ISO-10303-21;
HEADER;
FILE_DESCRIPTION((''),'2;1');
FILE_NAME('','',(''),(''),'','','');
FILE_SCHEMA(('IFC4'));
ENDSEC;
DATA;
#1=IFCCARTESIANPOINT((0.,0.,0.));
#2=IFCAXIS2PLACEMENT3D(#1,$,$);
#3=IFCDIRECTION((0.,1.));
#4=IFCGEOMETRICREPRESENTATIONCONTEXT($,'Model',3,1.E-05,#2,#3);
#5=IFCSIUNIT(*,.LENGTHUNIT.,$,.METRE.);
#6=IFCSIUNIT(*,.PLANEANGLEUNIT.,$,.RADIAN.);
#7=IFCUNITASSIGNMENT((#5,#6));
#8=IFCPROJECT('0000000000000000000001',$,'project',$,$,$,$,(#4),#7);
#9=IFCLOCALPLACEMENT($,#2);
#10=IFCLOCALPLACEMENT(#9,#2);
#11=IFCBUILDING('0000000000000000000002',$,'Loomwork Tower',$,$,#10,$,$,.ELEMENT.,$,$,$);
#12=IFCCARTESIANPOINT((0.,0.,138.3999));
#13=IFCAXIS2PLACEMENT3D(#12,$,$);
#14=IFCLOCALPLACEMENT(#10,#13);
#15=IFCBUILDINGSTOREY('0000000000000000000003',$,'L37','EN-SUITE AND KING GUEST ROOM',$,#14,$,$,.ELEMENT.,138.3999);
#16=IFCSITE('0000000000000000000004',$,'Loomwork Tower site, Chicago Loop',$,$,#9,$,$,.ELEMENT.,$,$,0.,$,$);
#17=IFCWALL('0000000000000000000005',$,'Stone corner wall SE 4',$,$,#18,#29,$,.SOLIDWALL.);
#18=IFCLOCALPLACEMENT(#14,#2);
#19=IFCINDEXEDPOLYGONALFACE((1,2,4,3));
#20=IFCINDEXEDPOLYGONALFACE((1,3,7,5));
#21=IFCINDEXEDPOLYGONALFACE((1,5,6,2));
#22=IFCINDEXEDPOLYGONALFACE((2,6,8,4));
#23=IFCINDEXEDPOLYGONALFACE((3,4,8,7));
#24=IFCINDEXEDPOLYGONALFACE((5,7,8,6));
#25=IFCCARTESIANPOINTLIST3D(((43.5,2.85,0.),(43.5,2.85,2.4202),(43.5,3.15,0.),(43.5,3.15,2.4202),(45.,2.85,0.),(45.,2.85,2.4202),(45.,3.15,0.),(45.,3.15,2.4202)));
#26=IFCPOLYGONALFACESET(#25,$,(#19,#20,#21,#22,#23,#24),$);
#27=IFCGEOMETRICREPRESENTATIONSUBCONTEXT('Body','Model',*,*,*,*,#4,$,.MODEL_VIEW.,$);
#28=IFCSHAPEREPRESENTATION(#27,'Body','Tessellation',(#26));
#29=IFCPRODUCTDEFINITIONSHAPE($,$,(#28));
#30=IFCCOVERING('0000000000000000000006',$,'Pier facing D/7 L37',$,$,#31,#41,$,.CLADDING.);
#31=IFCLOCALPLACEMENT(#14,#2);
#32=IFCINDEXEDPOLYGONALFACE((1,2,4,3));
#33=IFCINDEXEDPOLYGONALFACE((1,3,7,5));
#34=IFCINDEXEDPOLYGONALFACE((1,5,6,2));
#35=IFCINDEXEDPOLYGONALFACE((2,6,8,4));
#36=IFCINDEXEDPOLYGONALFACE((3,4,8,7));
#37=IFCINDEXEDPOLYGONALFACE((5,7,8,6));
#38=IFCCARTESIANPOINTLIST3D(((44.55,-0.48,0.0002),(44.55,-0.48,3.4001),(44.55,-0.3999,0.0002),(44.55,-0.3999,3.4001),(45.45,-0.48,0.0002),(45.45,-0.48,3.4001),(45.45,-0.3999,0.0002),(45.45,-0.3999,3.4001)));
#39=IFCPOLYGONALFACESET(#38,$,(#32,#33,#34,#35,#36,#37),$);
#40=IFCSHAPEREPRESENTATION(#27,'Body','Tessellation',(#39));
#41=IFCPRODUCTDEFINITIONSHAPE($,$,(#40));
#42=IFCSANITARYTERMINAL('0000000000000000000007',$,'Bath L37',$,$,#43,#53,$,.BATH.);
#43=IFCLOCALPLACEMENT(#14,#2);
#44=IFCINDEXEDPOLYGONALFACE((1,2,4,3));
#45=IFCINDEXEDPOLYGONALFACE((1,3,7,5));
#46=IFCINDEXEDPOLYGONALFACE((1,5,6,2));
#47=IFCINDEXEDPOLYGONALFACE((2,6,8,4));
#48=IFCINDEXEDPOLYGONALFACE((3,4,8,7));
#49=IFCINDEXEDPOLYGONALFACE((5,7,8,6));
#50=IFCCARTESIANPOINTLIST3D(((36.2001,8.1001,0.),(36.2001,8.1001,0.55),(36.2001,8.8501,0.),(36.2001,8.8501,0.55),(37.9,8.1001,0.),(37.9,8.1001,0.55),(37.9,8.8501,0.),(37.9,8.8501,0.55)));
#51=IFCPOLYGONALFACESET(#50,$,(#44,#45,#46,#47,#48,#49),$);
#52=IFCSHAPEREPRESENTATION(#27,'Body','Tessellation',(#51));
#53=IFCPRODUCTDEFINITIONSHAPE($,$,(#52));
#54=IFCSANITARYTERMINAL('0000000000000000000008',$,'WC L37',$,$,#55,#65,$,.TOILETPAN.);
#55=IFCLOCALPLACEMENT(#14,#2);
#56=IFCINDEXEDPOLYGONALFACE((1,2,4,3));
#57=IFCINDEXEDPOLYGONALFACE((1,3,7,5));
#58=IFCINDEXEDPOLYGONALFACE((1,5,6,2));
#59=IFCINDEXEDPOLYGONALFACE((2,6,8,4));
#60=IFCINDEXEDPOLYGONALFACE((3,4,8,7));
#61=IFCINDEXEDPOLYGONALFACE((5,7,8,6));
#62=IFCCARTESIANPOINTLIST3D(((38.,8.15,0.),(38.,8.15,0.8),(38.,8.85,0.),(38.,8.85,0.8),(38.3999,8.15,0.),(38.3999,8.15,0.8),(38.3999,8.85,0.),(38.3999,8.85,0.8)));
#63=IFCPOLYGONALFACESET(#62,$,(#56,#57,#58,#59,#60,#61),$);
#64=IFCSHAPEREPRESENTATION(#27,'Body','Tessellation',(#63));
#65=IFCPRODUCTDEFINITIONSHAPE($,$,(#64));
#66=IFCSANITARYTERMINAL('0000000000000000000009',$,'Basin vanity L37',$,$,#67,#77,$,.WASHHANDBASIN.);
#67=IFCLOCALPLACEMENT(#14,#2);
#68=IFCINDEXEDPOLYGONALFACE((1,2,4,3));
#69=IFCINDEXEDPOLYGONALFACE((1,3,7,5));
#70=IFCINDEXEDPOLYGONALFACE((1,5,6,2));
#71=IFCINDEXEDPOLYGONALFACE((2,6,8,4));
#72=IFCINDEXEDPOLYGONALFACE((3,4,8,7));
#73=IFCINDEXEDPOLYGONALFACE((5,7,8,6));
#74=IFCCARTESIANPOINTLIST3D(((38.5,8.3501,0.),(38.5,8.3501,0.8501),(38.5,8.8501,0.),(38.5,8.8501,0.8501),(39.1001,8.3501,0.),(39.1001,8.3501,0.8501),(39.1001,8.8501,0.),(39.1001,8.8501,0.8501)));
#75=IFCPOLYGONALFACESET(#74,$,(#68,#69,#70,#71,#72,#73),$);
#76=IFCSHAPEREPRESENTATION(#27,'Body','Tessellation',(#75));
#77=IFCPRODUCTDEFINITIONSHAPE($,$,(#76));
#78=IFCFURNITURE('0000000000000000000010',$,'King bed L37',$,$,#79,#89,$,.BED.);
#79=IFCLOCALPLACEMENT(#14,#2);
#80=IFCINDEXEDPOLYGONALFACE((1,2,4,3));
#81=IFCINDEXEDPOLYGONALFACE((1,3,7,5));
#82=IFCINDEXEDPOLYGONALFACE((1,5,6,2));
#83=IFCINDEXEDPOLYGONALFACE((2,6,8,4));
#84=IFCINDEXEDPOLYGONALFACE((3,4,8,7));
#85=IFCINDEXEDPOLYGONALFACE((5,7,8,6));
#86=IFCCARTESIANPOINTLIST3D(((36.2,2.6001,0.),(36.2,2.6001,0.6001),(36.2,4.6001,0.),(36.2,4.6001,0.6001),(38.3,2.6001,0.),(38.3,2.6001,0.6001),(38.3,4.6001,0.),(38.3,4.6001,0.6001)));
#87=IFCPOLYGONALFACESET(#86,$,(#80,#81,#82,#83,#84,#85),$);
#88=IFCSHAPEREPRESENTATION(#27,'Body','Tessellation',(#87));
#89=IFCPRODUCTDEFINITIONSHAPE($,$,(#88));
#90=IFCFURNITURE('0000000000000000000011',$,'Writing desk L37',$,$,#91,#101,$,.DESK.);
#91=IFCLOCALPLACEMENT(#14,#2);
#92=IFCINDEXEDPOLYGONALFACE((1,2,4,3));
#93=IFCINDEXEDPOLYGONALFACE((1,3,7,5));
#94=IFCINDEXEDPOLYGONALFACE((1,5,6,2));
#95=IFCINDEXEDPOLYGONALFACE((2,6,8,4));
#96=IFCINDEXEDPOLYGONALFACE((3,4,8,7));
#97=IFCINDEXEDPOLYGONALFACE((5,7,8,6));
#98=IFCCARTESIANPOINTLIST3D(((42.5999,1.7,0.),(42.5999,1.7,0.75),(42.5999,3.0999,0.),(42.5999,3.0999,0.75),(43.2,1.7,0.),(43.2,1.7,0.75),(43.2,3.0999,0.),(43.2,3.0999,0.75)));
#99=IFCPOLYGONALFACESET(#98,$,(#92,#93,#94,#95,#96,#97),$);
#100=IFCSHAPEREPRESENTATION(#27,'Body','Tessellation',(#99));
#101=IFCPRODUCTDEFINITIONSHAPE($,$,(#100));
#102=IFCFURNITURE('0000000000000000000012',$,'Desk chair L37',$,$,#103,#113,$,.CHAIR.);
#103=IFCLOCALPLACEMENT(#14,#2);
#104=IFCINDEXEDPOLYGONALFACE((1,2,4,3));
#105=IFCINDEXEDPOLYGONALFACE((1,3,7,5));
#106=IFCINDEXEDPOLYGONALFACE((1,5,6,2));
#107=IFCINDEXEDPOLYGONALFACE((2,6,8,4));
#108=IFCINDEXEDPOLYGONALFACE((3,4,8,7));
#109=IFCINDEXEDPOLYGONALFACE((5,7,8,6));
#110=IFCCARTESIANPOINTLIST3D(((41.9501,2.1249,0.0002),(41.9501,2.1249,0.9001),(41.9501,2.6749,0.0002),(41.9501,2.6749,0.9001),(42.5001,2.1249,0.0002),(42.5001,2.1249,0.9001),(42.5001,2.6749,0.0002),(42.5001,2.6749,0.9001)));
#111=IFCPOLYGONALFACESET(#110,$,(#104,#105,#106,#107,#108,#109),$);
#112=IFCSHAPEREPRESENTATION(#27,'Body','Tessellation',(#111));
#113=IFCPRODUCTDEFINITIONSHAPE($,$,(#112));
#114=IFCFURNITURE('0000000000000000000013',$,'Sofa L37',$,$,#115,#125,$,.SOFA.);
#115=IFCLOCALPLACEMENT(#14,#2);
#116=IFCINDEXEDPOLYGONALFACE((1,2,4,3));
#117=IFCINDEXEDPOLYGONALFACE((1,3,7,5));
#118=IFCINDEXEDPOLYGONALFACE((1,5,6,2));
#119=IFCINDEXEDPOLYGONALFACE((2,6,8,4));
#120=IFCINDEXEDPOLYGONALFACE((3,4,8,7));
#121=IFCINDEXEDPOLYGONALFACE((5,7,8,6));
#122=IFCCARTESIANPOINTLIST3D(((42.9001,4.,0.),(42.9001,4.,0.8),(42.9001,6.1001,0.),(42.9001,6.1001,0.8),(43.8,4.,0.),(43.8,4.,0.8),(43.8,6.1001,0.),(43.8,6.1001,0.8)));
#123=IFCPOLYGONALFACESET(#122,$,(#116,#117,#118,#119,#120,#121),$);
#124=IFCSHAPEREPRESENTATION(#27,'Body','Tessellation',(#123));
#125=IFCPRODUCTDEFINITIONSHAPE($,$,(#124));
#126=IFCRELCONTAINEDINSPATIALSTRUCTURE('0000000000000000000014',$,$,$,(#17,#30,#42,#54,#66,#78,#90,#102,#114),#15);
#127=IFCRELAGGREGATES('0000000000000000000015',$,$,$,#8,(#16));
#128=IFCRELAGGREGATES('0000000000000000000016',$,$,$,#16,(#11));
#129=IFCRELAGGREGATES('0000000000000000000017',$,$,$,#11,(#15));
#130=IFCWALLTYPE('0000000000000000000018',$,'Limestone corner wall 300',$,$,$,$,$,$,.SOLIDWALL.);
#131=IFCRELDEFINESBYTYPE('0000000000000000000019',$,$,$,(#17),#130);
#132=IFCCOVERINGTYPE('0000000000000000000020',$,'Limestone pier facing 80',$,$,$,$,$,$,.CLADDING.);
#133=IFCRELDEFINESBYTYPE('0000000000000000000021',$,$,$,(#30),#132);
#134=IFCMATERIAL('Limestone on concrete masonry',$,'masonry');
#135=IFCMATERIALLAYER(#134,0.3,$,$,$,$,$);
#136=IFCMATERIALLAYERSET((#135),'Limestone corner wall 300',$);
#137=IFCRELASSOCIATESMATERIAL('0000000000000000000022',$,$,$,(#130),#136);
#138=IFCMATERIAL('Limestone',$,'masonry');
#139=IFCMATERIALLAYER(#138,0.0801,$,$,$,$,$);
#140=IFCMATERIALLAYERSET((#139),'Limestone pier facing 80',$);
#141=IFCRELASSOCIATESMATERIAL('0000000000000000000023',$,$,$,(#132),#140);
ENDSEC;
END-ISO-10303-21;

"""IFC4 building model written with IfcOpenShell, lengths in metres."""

from ifc_helpers import new_model, si_unit, direction, frame, frame_2d, origin, origin_2d, place, context, subcontext, project, spatial, rectangle, extrude, material, layer, layer_set, type_object, element, save


model = new_model("IFC4")

# Units and contexts
model_context = context("Model", 3, precision=1e-05, world=origin(), true_north=direction((0.0, 1.0)))
body_context = subcontext(model_context, "Body", "Model", "MODEL_VIEW")
ifc_project = project(units=[si_unit("LENGTHUNIT", "METRE"), si_unit("PLANEANGLEUNIT", "RADIAN")], contexts=[model_context])

# Site, building, storey
site_placement = place(None, origin())
site = spatial("IfcSite", under=ifc_project, at=site_placement, Name="Loomwork Tower site, Chicago Loop", CompositionType="ELEMENT", RefElevation=0.0)
building_placement = place(site_placement, origin())
building = spatial("IfcBuilding", under=site, at=building_placement, Name="Loomwork Tower", CompositionType="ELEMENT")
storey_placement = place(building_placement, frame((0.0, 0.0, 138.3999)))
storey = spatial("IfcBuildingStorey", under=building, at=storey_placement, Name="L37", Description="EN-SUITE AND KING GUEST ROOM", CompositionType="ELEMENT", Elevation=138.3999)

# Shared definitions
ifc_material_1 = material(Name="Limestone on concrete masonry", Category="masonry")
ifc_layer_1 = layer(ifc_material_1, 0.3)
ifc_layer_set_1 = layer_set([ifc_layer_1], Name="Limestone corner wall 300")
wall_type_1 = type_object("IfcWallType", Name="Limestone corner wall 300", PredefinedType="SOLIDWALL", material=ifc_layer_set_1)

# Wall
wall_1_placement = place(storey_placement, frame((43.5, 3.0, 0.0), z_axis=(0.0, 0.0, 1.0), x_axis=(1.0, 0.0, 0.0)))
element("IfcWall", 1, at=wall_1_placement, inside=storey, type_object=wall_type_1, Name="Stone corner wall SE 4", PredefinedType="SOLIDWALL", context=body_context, shape_type="SweptSolid", body=[
    extrude(rectangle(XDim=1.5, YDim=0.3, at=frame_2d((0.75, 0.0))), origin(), (0.0, 0.0, 1.0), 2.4202),
])

# Covering
ifc_material_2 = material(Name="Limestone", Category="masonry")
ifc_layer_2 = layer(ifc_material_2, 0.0801)
ifc_layer_set_2 = layer_set([ifc_layer_2], Name="Limestone pier facing 80")
covering_type = type_object("IfcCoveringType", Name="Limestone pier facing 80", PredefinedType="CLADDING", material=ifc_layer_set_2)
covering_placement = place(storey_placement, frame((45.0, -0.4399, 0.0002), z_axis=(0.0, 0.0, 1.0), x_axis=(1.0, 0.0, 0.0)))
element("IfcCovering", 2, at=covering_placement, inside=storey, type_object=covering_type, Name="Pier facing D/7 L37", PredefinedType="CLADDING", context=body_context, shape_type="SweptSolid", body=[
    extrude(rectangle(XDim=0.8999, YDim=0.0801, at=origin_2d()), origin(), (0.0, 0.0, 1.0), 3.3999),
])

# Sanitary terminals
sanitary_terminal_1_placement = place(storey_placement, frame((37.05, 8.4751, 0.0), z_axis=(0.0, 0.0, 1.0), x_axis=(1.0, 0.0, 0.0)))
element("IfcSanitaryTerminal", 3, at=sanitary_terminal_1_placement, inside=storey, Name="Bath L37", PredefinedType="BATH", context=body_context, shape_type="SweptSolid", body=[
    extrude(rectangle(XDim=1.7, YDim=0.75, at=origin_2d()), origin(), (0.0, 0.0, 1.0), 0.55),
])
sanitary_terminal_2_placement = place(storey_placement, frame((38.2, 8.5, 0.0), z_axis=(0.0, 0.0, 1.0), x_axis=(1.0, 0.0, 0.0)))
element("IfcSanitaryTerminal", 4, at=sanitary_terminal_2_placement, inside=storey, Name="WC L37", PredefinedType="TOILETPAN", context=body_context, shape_type="SweptSolid", body=[
    extrude(rectangle(XDim=0.3999, YDim=0.7, at=origin_2d()), origin(), (0.0, 0.0, 1.0), 0.8),
])
sanitary_terminal_3_placement = place(storey_placement, frame((38.8, 8.6001, 0.0), z_axis=(0.0, 0.0, 1.0), x_axis=(1.0, 0.0, 0.0)))
element("IfcSanitaryTerminal", 5, at=sanitary_terminal_3_placement, inside=storey, Name="Basin vanity L37", PredefinedType="WASHHANDBASIN", context=body_context, shape_type="SweptSolid", body=[
    extrude(rectangle(XDim=0.6001, YDim=0.5, at=origin_2d()), origin(), (0.0, 0.0, 1.0), 0.8501),
])

# Furniture
furniture_1_placement = place(storey_placement, frame((37.25, 3.6001, 0.0), z_axis=(0.0, 0.0, 1.0), x_axis=(1.0, 0.0, 0.0)))
element("IfcFurniture", 6, at=furniture_1_placement, inside=storey, Name="King bed L37", PredefinedType="BED", context=body_context, shape_type="SweptSolid", body=[
    extrude(rectangle(XDim=2.1001, YDim=2.0, at=origin_2d()), origin(), (0.0, 0.0, 1.0), 0.6001),
])
furniture_2_placement = place(storey_placement, frame((42.8999, 2.3999, 0.0), z_axis=(0.0, 0.0, 1.0), x_axis=(1.0, 0.0, 0.0)))
element("IfcFurniture", 7, at=furniture_2_placement, inside=storey, Name="Writing desk L37", PredefinedType="DESK", context=body_context, shape_type="SweptSolid", body=[
    extrude(rectangle(XDim=0.6001, YDim=1.3999, at=origin_2d()), origin(), (0.0, 0.0, 1.0), 0.75),
])
furniture_3_placement = place(storey_placement, frame((42.2251, 2.3999, 0.0002), z_axis=(0.0, 0.0, 1.0), x_axis=(1.0, 0.0, 0.0)))
element("IfcFurniture", 8, at=furniture_3_placement, inside=storey, Name="Desk chair L37", PredefinedType="CHAIR", context=body_context, shape_type="SweptSolid", body=[
    extrude(rectangle(XDim=0.55, YDim=0.55, at=origin_2d()), origin(), (0.0, 0.0, 1.0), 0.8999),
])
furniture_4_placement = place(storey_placement, frame((43.3501, 5.05, 0.0), z_axis=(0.0, 0.0, 1.0), x_axis=(1.0, 0.0, 0.0)))
element("IfcFurniture", 9, at=furniture_4_placement, inside=storey, Name="Sofa L37", PredefinedType="SOFA", context=body_context, shape_type="SweptSolid", body=[
    extrude(rectangle(XDim=0.8999, YDim=2.1001, at=origin_2d()), origin(), (0.0, 0.0, 1.0), 0.8),
])

save(model, "model.ifc")
